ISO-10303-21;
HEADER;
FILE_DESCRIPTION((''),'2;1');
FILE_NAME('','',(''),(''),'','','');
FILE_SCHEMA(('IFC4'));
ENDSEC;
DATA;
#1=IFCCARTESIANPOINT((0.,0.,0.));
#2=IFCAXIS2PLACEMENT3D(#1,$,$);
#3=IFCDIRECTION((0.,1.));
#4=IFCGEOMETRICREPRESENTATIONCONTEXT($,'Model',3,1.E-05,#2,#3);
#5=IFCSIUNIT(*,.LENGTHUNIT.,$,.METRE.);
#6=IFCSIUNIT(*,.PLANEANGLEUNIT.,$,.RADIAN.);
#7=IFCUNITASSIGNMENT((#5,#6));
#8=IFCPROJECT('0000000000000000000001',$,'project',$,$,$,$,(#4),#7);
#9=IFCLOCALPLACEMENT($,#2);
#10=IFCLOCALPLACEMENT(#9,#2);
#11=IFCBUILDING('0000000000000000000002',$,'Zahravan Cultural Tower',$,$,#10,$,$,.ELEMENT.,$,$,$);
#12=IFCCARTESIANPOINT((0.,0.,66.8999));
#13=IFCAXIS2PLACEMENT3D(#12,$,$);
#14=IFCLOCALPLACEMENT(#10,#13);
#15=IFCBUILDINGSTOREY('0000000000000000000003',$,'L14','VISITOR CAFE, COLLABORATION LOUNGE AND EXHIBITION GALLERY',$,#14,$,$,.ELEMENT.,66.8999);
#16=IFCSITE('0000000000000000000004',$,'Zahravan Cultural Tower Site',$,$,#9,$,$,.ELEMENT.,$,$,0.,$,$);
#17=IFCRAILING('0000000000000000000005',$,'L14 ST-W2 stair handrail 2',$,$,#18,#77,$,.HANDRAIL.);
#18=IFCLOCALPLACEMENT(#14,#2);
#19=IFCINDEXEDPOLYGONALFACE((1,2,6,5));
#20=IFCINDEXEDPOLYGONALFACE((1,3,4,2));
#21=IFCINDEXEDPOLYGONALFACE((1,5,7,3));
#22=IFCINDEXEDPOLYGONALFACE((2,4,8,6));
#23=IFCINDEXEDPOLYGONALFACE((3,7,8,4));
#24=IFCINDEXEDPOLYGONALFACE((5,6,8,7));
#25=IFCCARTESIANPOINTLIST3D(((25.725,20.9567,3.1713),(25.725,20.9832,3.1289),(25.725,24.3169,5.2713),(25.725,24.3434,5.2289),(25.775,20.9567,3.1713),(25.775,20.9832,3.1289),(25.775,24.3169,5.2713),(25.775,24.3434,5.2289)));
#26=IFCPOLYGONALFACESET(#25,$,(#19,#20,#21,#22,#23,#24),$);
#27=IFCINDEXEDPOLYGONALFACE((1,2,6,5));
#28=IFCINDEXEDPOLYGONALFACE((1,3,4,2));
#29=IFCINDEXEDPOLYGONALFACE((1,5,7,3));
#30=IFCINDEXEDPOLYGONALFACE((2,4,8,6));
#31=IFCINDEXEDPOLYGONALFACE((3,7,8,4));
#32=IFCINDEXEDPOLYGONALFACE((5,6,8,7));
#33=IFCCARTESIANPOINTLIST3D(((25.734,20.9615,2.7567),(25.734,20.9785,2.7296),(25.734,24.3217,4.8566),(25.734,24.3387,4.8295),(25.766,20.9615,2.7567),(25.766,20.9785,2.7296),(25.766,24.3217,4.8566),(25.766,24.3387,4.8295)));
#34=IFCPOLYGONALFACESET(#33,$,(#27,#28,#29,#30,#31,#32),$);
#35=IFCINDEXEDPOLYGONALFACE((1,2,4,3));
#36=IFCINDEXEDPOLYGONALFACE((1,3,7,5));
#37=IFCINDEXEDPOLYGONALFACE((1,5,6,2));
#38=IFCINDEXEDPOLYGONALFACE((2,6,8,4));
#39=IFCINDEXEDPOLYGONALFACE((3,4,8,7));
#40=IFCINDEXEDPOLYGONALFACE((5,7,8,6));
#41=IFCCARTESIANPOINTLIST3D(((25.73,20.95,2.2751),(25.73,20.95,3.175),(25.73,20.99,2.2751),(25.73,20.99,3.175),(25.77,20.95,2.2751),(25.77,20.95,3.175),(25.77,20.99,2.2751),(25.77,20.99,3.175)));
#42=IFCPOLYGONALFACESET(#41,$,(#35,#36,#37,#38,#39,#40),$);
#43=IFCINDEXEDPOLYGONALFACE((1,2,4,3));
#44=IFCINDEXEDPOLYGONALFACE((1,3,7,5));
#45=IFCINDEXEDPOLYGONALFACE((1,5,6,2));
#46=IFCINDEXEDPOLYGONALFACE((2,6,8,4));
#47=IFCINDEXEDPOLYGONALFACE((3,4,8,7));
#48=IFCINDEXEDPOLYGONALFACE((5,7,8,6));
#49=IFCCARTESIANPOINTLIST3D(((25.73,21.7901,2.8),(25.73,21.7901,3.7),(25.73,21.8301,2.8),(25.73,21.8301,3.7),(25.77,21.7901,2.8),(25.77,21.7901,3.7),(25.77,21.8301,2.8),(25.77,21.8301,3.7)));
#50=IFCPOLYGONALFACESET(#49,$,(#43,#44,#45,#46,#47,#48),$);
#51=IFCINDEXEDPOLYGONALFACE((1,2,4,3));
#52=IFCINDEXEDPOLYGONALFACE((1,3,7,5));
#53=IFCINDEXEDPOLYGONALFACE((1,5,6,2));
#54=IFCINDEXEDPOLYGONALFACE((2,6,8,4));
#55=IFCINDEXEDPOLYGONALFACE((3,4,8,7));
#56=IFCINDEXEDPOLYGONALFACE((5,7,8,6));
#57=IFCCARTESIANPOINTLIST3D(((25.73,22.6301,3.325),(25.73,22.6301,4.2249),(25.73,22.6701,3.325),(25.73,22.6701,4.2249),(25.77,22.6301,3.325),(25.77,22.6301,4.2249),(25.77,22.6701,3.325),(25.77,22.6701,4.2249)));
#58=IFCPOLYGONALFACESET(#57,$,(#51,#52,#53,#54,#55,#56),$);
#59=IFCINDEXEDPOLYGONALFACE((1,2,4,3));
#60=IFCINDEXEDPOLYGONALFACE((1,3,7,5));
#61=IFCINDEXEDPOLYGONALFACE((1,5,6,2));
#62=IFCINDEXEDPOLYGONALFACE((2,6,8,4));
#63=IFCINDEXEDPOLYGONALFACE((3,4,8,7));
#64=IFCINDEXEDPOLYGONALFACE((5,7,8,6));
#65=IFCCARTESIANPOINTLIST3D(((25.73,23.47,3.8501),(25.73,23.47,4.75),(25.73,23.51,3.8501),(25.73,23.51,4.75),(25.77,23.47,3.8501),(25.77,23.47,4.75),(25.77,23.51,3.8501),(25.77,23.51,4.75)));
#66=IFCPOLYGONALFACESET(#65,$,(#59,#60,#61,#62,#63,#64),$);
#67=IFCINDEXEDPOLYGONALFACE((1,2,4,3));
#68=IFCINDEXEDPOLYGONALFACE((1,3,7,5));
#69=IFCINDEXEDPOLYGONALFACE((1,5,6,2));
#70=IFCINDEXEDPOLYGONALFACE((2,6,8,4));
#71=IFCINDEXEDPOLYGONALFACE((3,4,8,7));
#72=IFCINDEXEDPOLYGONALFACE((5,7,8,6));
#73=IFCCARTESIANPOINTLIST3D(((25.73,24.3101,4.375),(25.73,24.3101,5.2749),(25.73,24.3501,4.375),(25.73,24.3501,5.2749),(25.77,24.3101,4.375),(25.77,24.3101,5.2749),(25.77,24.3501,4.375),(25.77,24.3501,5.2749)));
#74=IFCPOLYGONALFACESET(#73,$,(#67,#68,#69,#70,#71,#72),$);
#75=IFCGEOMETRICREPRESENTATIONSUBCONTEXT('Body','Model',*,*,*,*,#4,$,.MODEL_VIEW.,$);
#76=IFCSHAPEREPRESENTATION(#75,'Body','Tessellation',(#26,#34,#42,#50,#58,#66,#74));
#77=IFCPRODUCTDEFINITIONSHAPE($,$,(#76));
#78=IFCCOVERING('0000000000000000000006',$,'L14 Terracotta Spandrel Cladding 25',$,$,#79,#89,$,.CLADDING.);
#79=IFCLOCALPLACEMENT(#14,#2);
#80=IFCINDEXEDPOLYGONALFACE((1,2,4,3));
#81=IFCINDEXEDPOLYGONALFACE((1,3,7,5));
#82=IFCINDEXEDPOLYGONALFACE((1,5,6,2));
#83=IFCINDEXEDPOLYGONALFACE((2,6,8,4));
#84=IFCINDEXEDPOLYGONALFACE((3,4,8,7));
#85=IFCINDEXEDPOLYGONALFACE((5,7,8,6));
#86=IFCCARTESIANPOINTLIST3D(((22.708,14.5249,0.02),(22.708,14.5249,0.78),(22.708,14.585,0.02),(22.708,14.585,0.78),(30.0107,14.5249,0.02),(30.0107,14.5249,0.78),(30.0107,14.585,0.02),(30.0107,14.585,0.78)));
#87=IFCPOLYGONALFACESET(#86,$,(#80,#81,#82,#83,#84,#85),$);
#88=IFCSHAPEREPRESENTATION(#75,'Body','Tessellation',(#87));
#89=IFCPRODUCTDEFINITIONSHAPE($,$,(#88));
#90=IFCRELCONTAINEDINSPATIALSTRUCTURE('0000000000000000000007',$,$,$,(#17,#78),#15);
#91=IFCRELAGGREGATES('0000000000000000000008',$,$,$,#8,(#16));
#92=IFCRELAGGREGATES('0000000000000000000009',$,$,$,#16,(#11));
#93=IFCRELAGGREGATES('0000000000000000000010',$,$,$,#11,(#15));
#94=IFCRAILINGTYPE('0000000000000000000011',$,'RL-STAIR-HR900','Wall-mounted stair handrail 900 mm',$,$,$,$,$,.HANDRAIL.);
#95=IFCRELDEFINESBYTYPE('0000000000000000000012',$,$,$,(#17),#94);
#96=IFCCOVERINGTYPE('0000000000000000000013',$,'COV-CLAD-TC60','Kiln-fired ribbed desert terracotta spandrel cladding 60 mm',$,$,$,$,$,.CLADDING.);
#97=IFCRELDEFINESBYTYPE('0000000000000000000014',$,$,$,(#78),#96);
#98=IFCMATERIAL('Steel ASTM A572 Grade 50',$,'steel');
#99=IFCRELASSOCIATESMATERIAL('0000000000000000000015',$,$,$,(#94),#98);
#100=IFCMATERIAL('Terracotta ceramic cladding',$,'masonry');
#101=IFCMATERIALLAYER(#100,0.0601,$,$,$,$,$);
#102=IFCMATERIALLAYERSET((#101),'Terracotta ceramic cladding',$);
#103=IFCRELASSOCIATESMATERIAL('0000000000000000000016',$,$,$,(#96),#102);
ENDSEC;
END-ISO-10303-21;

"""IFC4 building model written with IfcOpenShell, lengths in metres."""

from ifc_helpers import new_model, si_unit, direction, frame, origin, origin_2d, place, context, subcontext, project, spatial, rectangle, extrude, source, transform, mapped, material, layer, layer_set, type_object, element, save


model = new_model("IFC4")

# Units and contexts
model_context = context("Model", 3, precision=1e-05, world=origin(), true_north=direction((0.0, 1.0)))
body_context = subcontext(model_context, "Body", "Model", "MODEL_VIEW")
ifc_project = project(units=[si_unit("LENGTHUNIT", "METRE"), si_unit("PLANEANGLEUNIT", "RADIAN")], contexts=[model_context])

# Site, building, storey
site_placement = place(None, origin())
site = spatial("IfcSite", under=ifc_project, at=site_placement, Name="Zahravan Cultural Tower Site", CompositionType="ELEMENT", RefElevation=0.0)
building_placement = place(site_placement, origin())
building = spatial("IfcBuilding", under=site, at=building_placement, Name="Zahravan Cultural Tower", CompositionType="ELEMENT")
storey_placement = place(building_placement, frame((0.0, 0.0, 66.8999)))
storey = spatial("IfcBuildingStorey", under=building, at=storey_placement, Name="L14", Description="VISITOR CAFE, COLLABORATION LOUNGE AND EXHIBITION GALLERY", CompositionType="ELEMENT", Elevation=66.8999)

# Shared definitions
ifc_material_1 = material(Name="Steel ASTM A572 Grade 50", Category="steel")

# Railing
railing_type_1 = type_object("IfcRailingType", Name="RL-STAIR-HR900", Description="Wall-mounted stair handrail 900 mm", PredefinedType="HANDRAIL", material=ifc_material_1)
railing_1_placement = place(storey_placement, frame((25.75, 20.97, 2.2751)))
element("IfcRailing", 1, at=railing_1_placement, inside=storey, type_object=railing_type_1, Name="L14 ST-W2 stair handrail 2", PredefinedType="HANDRAIL", context=body_context, shape_type="SweptSolid", body=[
    extrude(rectangle(XDim=0.05, YDim=0.05, at=origin_2d()), frame((0.0, 0.0, 0.875), z_axis=(0.0, 0.848023, 0.52996), x_axis=(-1.0, 0.0, 0.0)), (0.0, 0.0, 1.0), 3.9624),
    extrude(rectangle(XDim=0.032, YDim=0.032, at=origin_2d()), frame((0.0, 0.0, 0.468), z_axis=(0.0, 0.848023, 0.52996), x_axis=(-1.0, 0.0, 0.0)), (0.0, 0.0, 1.0), 3.9624),
    extrude(rectangle(XDim=0.04, YDim=0.04, at=origin_2d()), origin(), (0.0, 0.0, 1.0), 0.8999),
    extrude(rectangle(XDim=0.04, YDim=0.04, at=origin_2d()), frame((0.0, 0.8401, 0.5249)), (0.0, 0.0, 1.0), 0.8999),
    extrude(rectangle(XDim=0.04, YDim=0.04, at=origin_2d()), frame((0.0, 1.6802, 1.0498)), (0.0, 0.0, 1.0), 0.8999),
    extrude(rectangle(XDim=0.04, YDim=0.04, at=origin_2d()), frame((0.0, 2.52, 1.575)), (0.0, 0.0, 1.0), 0.8999),
    extrude(rectangle(XDim=0.04, YDim=0.04, at=origin_2d()), frame((0.0, 3.3601, 2.0999)), (0.0, 0.0, 1.0), 0.8999),
])

# Covering
ifc_material_2 = material(Name="Terracotta ceramic cladding", Category="masonry")
ifc_layer_1 = layer(ifc_material_2, 0.0601)
ifc_layer_set_1 = layer_set([ifc_layer_1], Name="Terracotta ceramic cladding")
covering_type = type_object("IfcCoveringType", Name="COV-CLAD-TC60", Description="Kiln-fired ribbed desert terracotta spandrel cladding 60 mm", PredefinedType="CLADDING", material=ifc_layer_set_1)
shared_shape_1 = source(origin(), body_context, "Body", "SweptSolid", [
    extrude(rectangle(XDim=7.3027, YDim=0.0601, at=origin_2d()), origin(), (0.0, 0.0, 1.0), 0.76),
])
covering_placement = place(storey_placement, frame((26.3594, 14.5549, 0.02), z_axis=(0.0, 0.0, 1.0), x_axis=(-1.0, 0.0, 0.0)))
element("IfcCovering", 2, at=covering_placement, inside=storey, type_object=covering_type, Name="L14 Terracotta Spandrel Cladding 25", PredefinedType="CLADDING", context=body_context, shape_type="MappedRepresentation", body=[
    mapped(shared_shape_1, transform((0.0, 0.0, 0.0), x_axis=(1.0, 0.0, 0.0), y_axis=(0.0, 1.0, 0.0), z_axis=(0.0, 0.0, 1.0), scale=1.0)),
])

save(model, "model.ifc")
